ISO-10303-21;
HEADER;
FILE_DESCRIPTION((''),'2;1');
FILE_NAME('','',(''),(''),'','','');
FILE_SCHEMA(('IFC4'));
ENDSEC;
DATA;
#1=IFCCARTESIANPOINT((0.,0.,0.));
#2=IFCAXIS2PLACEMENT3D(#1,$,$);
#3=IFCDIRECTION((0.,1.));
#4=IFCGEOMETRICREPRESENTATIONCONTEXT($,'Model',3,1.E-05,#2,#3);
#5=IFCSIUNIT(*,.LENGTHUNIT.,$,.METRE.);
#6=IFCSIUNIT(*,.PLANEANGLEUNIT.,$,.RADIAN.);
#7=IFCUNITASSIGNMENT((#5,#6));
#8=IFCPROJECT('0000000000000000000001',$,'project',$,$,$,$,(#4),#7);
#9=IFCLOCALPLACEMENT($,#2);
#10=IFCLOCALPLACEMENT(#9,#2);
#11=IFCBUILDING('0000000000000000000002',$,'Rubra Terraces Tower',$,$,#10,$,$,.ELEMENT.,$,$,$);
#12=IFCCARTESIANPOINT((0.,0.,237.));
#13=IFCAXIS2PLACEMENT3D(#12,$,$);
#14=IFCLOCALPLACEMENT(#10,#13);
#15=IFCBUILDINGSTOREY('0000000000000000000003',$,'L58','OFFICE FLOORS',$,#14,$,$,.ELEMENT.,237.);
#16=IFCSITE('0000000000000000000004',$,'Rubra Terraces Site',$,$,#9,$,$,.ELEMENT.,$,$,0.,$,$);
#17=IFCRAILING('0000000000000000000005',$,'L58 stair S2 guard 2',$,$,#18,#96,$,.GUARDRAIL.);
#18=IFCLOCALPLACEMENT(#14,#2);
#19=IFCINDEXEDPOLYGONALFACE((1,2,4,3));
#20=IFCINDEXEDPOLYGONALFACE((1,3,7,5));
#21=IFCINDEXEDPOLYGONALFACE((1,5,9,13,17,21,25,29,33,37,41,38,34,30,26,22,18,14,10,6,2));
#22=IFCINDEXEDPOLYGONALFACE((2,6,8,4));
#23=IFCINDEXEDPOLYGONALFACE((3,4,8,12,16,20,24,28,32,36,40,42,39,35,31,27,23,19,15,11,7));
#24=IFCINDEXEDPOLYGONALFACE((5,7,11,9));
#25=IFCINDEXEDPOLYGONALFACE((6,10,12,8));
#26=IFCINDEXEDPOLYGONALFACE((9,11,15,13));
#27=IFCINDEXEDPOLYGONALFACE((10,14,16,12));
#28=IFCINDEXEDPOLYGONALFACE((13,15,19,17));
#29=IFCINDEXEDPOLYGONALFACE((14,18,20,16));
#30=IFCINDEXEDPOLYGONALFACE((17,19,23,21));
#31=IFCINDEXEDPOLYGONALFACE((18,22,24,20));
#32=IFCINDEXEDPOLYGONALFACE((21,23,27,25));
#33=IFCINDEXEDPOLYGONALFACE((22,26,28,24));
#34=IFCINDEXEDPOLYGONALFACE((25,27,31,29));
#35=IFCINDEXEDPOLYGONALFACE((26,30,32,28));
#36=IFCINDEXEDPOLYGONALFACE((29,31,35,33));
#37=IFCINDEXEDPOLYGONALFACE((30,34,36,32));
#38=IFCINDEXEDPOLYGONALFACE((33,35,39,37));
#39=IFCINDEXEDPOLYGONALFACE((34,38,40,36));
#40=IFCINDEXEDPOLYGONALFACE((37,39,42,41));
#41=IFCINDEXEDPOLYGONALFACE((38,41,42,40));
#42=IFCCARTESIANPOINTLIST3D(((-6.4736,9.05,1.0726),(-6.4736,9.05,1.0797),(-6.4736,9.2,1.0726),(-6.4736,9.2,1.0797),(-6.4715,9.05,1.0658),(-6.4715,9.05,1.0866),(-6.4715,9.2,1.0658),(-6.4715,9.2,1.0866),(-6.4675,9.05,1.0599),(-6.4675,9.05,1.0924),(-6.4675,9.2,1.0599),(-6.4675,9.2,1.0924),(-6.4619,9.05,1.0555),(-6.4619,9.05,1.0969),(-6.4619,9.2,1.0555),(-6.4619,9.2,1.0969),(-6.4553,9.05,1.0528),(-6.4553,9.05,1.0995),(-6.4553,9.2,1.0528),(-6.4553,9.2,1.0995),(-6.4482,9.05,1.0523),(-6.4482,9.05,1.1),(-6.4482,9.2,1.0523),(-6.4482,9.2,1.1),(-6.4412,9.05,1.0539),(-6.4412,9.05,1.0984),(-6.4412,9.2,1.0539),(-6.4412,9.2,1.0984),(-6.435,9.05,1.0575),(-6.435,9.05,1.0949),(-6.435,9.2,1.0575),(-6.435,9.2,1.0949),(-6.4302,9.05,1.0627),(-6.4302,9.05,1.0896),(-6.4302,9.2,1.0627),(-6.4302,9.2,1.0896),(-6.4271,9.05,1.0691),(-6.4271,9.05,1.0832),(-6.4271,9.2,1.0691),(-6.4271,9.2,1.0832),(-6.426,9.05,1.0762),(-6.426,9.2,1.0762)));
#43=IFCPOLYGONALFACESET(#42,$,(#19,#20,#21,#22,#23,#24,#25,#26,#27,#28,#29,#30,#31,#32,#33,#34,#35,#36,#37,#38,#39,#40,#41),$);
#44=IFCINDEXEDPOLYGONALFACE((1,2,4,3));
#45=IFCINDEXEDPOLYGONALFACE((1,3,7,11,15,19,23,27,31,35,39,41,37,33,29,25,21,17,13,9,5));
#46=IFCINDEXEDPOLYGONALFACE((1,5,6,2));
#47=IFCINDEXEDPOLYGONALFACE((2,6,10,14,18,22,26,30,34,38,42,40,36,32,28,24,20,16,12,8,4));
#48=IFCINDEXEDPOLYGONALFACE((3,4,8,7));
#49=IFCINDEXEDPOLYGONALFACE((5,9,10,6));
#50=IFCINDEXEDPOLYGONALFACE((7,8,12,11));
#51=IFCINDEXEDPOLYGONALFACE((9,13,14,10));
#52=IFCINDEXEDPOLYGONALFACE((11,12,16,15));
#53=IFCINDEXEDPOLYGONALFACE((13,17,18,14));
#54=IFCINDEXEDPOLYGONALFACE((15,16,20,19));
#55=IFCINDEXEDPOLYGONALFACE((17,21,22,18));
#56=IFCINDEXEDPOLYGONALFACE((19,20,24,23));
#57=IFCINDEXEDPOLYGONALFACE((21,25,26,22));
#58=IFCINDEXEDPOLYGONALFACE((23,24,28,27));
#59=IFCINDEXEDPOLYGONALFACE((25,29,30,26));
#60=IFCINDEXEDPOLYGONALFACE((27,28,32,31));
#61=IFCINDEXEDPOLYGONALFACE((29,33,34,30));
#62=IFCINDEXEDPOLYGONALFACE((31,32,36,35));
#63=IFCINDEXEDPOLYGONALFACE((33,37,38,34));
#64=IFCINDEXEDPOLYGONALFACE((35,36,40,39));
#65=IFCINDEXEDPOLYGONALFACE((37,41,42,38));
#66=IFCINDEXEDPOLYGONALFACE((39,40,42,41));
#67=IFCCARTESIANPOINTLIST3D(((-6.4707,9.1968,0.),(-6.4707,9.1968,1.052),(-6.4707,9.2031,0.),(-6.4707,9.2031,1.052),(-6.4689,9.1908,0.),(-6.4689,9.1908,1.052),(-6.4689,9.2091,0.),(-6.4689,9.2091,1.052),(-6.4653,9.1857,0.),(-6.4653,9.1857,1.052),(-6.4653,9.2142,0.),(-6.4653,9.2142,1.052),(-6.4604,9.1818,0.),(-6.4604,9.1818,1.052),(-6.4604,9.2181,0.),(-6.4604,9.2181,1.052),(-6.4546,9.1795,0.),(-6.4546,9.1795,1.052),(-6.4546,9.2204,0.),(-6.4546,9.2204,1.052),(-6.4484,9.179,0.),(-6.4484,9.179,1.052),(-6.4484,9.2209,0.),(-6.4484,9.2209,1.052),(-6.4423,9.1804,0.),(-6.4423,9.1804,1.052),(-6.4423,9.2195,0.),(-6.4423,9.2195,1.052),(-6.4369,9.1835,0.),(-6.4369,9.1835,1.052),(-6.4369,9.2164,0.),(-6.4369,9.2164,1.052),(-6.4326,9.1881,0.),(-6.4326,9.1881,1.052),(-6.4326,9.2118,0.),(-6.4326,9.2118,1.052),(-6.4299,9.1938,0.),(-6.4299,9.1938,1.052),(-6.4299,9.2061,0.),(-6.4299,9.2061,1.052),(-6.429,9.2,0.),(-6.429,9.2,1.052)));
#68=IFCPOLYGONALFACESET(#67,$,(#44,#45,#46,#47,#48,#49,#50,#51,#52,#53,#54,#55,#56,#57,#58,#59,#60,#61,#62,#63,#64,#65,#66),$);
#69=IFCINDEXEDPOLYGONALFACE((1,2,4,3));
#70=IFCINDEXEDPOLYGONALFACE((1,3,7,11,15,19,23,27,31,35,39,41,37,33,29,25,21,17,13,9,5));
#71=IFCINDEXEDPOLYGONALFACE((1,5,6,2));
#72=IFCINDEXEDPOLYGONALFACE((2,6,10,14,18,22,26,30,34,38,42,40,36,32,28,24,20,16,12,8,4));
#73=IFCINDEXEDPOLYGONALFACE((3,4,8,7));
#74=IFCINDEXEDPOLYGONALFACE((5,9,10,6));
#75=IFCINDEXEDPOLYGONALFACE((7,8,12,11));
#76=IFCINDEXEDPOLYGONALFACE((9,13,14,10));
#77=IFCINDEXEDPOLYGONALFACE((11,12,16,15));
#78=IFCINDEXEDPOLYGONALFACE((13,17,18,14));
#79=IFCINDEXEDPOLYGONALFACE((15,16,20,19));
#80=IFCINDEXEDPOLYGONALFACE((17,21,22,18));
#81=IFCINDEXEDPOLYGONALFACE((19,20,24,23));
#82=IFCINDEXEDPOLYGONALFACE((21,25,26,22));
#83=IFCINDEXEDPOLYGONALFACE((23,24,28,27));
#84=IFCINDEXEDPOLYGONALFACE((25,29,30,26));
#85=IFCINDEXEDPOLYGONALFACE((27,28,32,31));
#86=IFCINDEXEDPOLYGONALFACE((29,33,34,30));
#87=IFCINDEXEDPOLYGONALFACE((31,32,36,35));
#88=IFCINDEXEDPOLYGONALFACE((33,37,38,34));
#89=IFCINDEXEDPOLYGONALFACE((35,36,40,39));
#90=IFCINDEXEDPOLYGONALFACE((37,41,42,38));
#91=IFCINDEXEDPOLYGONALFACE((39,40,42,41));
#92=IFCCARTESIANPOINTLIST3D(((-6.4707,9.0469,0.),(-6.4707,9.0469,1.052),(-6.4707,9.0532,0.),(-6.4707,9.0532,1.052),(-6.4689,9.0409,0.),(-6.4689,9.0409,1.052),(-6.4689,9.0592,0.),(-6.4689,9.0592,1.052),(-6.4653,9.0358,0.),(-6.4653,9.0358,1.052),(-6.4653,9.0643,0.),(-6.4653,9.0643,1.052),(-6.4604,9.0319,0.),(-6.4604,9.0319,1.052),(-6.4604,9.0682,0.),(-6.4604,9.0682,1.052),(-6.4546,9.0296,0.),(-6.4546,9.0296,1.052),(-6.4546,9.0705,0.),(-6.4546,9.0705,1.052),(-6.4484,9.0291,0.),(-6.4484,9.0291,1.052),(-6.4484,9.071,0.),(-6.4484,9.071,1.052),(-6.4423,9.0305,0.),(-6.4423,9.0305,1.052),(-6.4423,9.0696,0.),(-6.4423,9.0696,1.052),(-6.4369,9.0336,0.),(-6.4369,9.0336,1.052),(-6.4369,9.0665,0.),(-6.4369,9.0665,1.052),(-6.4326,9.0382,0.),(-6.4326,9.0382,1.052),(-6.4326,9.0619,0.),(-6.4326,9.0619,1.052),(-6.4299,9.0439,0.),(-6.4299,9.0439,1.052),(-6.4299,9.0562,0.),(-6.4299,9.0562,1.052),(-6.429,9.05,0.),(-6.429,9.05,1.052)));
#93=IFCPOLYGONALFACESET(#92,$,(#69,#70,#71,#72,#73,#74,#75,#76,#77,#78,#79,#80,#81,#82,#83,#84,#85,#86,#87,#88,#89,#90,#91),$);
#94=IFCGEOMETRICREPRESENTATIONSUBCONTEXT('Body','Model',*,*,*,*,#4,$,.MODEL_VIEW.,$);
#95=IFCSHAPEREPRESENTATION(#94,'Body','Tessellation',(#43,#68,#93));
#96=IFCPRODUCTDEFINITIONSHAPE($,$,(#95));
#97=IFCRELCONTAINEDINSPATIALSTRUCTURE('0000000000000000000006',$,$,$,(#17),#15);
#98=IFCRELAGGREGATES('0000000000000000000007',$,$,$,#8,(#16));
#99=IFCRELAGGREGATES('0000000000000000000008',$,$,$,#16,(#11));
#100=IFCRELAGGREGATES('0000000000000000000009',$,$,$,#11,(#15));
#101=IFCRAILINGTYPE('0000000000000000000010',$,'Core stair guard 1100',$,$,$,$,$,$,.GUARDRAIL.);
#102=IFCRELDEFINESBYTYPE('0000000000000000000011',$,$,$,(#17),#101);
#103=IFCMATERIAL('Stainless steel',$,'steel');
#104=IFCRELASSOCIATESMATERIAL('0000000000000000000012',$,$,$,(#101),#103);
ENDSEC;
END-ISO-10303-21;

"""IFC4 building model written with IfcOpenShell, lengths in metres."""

from ifc_helpers import new_model, si_unit, direction, frame, origin, origin_2d, place, context, subcontext, project, spatial, circle, extrude, material, type_object, element, save


model = new_model("IFC4")

# Units and contexts
model_context = context("Model", 3, precision=1e-05, world=origin(), true_north=direction((0.0, 1.0)))
body_context = subcontext(model_context, "Body", "Model", "MODEL_VIEW")
ifc_project = project(units=[si_unit("LENGTHUNIT", "METRE"), si_unit("PLANEANGLEUNIT", "RADIAN")], contexts=[model_context])

# Site, building, storey
site_placement = place(None, origin())
site = spatial("IfcSite", under=ifc_project, at=site_placement, Name="Rubra Terraces Site", CompositionType="ELEMENT", RefElevation=0.0)
building_placement = place(site_placement, origin())
building = spatial("IfcBuilding", under=site, at=building_placement, Name="Rubra Terraces Tower", CompositionType="ELEMENT")
storey_placement = place(building_placement, frame((0.0, 0.0, 237.0)))
storey = spatial("IfcBuildingStorey", under=building, at=storey_placement, Name="L58", Description="OFFICE FLOORS", CompositionType="ELEMENT", Elevation=237.0)

# Shared definitions
ifc_material_1 = material(Name="Stainless steel", Category="steel")

# Railing
railing_type_1 = type_object("IfcRailingType", Name="Core stair guard 1100", PredefinedType="GUARDRAIL", material=ifc_material_1)
railing_1_placement = place(storey_placement, frame((-6.45, 9.2, 0.0)))
element("IfcRailing", 1, at=railing_1_placement, inside=storey, type_object=railing_type_1, Name="L58 stair S2 guard 2", PredefinedType="GUARDRAIL", context=body_context, shape_type="SweptSolid", body=[
    extrude(circle(Radius=0.0239, at=origin_2d()), frame((0.0, 0.0, 1.0762), z_axis=(0.0, -1.0, 0.0), x_axis=(1.0, 0.0, 0.0)), (0.0, 0.0, 1.0), 0.1499),
    extrude(circle(Radius=0.021, at=origin_2d()), origin(), (0.0, 0.0, 1.0), 1.052),
    extrude(circle(Radius=0.021, at=origin_2d()), frame((0.0, -0.1499, 0.0)), (0.0, 0.0, 1.0), 1.052),
])

save(model, "model.ifc")
